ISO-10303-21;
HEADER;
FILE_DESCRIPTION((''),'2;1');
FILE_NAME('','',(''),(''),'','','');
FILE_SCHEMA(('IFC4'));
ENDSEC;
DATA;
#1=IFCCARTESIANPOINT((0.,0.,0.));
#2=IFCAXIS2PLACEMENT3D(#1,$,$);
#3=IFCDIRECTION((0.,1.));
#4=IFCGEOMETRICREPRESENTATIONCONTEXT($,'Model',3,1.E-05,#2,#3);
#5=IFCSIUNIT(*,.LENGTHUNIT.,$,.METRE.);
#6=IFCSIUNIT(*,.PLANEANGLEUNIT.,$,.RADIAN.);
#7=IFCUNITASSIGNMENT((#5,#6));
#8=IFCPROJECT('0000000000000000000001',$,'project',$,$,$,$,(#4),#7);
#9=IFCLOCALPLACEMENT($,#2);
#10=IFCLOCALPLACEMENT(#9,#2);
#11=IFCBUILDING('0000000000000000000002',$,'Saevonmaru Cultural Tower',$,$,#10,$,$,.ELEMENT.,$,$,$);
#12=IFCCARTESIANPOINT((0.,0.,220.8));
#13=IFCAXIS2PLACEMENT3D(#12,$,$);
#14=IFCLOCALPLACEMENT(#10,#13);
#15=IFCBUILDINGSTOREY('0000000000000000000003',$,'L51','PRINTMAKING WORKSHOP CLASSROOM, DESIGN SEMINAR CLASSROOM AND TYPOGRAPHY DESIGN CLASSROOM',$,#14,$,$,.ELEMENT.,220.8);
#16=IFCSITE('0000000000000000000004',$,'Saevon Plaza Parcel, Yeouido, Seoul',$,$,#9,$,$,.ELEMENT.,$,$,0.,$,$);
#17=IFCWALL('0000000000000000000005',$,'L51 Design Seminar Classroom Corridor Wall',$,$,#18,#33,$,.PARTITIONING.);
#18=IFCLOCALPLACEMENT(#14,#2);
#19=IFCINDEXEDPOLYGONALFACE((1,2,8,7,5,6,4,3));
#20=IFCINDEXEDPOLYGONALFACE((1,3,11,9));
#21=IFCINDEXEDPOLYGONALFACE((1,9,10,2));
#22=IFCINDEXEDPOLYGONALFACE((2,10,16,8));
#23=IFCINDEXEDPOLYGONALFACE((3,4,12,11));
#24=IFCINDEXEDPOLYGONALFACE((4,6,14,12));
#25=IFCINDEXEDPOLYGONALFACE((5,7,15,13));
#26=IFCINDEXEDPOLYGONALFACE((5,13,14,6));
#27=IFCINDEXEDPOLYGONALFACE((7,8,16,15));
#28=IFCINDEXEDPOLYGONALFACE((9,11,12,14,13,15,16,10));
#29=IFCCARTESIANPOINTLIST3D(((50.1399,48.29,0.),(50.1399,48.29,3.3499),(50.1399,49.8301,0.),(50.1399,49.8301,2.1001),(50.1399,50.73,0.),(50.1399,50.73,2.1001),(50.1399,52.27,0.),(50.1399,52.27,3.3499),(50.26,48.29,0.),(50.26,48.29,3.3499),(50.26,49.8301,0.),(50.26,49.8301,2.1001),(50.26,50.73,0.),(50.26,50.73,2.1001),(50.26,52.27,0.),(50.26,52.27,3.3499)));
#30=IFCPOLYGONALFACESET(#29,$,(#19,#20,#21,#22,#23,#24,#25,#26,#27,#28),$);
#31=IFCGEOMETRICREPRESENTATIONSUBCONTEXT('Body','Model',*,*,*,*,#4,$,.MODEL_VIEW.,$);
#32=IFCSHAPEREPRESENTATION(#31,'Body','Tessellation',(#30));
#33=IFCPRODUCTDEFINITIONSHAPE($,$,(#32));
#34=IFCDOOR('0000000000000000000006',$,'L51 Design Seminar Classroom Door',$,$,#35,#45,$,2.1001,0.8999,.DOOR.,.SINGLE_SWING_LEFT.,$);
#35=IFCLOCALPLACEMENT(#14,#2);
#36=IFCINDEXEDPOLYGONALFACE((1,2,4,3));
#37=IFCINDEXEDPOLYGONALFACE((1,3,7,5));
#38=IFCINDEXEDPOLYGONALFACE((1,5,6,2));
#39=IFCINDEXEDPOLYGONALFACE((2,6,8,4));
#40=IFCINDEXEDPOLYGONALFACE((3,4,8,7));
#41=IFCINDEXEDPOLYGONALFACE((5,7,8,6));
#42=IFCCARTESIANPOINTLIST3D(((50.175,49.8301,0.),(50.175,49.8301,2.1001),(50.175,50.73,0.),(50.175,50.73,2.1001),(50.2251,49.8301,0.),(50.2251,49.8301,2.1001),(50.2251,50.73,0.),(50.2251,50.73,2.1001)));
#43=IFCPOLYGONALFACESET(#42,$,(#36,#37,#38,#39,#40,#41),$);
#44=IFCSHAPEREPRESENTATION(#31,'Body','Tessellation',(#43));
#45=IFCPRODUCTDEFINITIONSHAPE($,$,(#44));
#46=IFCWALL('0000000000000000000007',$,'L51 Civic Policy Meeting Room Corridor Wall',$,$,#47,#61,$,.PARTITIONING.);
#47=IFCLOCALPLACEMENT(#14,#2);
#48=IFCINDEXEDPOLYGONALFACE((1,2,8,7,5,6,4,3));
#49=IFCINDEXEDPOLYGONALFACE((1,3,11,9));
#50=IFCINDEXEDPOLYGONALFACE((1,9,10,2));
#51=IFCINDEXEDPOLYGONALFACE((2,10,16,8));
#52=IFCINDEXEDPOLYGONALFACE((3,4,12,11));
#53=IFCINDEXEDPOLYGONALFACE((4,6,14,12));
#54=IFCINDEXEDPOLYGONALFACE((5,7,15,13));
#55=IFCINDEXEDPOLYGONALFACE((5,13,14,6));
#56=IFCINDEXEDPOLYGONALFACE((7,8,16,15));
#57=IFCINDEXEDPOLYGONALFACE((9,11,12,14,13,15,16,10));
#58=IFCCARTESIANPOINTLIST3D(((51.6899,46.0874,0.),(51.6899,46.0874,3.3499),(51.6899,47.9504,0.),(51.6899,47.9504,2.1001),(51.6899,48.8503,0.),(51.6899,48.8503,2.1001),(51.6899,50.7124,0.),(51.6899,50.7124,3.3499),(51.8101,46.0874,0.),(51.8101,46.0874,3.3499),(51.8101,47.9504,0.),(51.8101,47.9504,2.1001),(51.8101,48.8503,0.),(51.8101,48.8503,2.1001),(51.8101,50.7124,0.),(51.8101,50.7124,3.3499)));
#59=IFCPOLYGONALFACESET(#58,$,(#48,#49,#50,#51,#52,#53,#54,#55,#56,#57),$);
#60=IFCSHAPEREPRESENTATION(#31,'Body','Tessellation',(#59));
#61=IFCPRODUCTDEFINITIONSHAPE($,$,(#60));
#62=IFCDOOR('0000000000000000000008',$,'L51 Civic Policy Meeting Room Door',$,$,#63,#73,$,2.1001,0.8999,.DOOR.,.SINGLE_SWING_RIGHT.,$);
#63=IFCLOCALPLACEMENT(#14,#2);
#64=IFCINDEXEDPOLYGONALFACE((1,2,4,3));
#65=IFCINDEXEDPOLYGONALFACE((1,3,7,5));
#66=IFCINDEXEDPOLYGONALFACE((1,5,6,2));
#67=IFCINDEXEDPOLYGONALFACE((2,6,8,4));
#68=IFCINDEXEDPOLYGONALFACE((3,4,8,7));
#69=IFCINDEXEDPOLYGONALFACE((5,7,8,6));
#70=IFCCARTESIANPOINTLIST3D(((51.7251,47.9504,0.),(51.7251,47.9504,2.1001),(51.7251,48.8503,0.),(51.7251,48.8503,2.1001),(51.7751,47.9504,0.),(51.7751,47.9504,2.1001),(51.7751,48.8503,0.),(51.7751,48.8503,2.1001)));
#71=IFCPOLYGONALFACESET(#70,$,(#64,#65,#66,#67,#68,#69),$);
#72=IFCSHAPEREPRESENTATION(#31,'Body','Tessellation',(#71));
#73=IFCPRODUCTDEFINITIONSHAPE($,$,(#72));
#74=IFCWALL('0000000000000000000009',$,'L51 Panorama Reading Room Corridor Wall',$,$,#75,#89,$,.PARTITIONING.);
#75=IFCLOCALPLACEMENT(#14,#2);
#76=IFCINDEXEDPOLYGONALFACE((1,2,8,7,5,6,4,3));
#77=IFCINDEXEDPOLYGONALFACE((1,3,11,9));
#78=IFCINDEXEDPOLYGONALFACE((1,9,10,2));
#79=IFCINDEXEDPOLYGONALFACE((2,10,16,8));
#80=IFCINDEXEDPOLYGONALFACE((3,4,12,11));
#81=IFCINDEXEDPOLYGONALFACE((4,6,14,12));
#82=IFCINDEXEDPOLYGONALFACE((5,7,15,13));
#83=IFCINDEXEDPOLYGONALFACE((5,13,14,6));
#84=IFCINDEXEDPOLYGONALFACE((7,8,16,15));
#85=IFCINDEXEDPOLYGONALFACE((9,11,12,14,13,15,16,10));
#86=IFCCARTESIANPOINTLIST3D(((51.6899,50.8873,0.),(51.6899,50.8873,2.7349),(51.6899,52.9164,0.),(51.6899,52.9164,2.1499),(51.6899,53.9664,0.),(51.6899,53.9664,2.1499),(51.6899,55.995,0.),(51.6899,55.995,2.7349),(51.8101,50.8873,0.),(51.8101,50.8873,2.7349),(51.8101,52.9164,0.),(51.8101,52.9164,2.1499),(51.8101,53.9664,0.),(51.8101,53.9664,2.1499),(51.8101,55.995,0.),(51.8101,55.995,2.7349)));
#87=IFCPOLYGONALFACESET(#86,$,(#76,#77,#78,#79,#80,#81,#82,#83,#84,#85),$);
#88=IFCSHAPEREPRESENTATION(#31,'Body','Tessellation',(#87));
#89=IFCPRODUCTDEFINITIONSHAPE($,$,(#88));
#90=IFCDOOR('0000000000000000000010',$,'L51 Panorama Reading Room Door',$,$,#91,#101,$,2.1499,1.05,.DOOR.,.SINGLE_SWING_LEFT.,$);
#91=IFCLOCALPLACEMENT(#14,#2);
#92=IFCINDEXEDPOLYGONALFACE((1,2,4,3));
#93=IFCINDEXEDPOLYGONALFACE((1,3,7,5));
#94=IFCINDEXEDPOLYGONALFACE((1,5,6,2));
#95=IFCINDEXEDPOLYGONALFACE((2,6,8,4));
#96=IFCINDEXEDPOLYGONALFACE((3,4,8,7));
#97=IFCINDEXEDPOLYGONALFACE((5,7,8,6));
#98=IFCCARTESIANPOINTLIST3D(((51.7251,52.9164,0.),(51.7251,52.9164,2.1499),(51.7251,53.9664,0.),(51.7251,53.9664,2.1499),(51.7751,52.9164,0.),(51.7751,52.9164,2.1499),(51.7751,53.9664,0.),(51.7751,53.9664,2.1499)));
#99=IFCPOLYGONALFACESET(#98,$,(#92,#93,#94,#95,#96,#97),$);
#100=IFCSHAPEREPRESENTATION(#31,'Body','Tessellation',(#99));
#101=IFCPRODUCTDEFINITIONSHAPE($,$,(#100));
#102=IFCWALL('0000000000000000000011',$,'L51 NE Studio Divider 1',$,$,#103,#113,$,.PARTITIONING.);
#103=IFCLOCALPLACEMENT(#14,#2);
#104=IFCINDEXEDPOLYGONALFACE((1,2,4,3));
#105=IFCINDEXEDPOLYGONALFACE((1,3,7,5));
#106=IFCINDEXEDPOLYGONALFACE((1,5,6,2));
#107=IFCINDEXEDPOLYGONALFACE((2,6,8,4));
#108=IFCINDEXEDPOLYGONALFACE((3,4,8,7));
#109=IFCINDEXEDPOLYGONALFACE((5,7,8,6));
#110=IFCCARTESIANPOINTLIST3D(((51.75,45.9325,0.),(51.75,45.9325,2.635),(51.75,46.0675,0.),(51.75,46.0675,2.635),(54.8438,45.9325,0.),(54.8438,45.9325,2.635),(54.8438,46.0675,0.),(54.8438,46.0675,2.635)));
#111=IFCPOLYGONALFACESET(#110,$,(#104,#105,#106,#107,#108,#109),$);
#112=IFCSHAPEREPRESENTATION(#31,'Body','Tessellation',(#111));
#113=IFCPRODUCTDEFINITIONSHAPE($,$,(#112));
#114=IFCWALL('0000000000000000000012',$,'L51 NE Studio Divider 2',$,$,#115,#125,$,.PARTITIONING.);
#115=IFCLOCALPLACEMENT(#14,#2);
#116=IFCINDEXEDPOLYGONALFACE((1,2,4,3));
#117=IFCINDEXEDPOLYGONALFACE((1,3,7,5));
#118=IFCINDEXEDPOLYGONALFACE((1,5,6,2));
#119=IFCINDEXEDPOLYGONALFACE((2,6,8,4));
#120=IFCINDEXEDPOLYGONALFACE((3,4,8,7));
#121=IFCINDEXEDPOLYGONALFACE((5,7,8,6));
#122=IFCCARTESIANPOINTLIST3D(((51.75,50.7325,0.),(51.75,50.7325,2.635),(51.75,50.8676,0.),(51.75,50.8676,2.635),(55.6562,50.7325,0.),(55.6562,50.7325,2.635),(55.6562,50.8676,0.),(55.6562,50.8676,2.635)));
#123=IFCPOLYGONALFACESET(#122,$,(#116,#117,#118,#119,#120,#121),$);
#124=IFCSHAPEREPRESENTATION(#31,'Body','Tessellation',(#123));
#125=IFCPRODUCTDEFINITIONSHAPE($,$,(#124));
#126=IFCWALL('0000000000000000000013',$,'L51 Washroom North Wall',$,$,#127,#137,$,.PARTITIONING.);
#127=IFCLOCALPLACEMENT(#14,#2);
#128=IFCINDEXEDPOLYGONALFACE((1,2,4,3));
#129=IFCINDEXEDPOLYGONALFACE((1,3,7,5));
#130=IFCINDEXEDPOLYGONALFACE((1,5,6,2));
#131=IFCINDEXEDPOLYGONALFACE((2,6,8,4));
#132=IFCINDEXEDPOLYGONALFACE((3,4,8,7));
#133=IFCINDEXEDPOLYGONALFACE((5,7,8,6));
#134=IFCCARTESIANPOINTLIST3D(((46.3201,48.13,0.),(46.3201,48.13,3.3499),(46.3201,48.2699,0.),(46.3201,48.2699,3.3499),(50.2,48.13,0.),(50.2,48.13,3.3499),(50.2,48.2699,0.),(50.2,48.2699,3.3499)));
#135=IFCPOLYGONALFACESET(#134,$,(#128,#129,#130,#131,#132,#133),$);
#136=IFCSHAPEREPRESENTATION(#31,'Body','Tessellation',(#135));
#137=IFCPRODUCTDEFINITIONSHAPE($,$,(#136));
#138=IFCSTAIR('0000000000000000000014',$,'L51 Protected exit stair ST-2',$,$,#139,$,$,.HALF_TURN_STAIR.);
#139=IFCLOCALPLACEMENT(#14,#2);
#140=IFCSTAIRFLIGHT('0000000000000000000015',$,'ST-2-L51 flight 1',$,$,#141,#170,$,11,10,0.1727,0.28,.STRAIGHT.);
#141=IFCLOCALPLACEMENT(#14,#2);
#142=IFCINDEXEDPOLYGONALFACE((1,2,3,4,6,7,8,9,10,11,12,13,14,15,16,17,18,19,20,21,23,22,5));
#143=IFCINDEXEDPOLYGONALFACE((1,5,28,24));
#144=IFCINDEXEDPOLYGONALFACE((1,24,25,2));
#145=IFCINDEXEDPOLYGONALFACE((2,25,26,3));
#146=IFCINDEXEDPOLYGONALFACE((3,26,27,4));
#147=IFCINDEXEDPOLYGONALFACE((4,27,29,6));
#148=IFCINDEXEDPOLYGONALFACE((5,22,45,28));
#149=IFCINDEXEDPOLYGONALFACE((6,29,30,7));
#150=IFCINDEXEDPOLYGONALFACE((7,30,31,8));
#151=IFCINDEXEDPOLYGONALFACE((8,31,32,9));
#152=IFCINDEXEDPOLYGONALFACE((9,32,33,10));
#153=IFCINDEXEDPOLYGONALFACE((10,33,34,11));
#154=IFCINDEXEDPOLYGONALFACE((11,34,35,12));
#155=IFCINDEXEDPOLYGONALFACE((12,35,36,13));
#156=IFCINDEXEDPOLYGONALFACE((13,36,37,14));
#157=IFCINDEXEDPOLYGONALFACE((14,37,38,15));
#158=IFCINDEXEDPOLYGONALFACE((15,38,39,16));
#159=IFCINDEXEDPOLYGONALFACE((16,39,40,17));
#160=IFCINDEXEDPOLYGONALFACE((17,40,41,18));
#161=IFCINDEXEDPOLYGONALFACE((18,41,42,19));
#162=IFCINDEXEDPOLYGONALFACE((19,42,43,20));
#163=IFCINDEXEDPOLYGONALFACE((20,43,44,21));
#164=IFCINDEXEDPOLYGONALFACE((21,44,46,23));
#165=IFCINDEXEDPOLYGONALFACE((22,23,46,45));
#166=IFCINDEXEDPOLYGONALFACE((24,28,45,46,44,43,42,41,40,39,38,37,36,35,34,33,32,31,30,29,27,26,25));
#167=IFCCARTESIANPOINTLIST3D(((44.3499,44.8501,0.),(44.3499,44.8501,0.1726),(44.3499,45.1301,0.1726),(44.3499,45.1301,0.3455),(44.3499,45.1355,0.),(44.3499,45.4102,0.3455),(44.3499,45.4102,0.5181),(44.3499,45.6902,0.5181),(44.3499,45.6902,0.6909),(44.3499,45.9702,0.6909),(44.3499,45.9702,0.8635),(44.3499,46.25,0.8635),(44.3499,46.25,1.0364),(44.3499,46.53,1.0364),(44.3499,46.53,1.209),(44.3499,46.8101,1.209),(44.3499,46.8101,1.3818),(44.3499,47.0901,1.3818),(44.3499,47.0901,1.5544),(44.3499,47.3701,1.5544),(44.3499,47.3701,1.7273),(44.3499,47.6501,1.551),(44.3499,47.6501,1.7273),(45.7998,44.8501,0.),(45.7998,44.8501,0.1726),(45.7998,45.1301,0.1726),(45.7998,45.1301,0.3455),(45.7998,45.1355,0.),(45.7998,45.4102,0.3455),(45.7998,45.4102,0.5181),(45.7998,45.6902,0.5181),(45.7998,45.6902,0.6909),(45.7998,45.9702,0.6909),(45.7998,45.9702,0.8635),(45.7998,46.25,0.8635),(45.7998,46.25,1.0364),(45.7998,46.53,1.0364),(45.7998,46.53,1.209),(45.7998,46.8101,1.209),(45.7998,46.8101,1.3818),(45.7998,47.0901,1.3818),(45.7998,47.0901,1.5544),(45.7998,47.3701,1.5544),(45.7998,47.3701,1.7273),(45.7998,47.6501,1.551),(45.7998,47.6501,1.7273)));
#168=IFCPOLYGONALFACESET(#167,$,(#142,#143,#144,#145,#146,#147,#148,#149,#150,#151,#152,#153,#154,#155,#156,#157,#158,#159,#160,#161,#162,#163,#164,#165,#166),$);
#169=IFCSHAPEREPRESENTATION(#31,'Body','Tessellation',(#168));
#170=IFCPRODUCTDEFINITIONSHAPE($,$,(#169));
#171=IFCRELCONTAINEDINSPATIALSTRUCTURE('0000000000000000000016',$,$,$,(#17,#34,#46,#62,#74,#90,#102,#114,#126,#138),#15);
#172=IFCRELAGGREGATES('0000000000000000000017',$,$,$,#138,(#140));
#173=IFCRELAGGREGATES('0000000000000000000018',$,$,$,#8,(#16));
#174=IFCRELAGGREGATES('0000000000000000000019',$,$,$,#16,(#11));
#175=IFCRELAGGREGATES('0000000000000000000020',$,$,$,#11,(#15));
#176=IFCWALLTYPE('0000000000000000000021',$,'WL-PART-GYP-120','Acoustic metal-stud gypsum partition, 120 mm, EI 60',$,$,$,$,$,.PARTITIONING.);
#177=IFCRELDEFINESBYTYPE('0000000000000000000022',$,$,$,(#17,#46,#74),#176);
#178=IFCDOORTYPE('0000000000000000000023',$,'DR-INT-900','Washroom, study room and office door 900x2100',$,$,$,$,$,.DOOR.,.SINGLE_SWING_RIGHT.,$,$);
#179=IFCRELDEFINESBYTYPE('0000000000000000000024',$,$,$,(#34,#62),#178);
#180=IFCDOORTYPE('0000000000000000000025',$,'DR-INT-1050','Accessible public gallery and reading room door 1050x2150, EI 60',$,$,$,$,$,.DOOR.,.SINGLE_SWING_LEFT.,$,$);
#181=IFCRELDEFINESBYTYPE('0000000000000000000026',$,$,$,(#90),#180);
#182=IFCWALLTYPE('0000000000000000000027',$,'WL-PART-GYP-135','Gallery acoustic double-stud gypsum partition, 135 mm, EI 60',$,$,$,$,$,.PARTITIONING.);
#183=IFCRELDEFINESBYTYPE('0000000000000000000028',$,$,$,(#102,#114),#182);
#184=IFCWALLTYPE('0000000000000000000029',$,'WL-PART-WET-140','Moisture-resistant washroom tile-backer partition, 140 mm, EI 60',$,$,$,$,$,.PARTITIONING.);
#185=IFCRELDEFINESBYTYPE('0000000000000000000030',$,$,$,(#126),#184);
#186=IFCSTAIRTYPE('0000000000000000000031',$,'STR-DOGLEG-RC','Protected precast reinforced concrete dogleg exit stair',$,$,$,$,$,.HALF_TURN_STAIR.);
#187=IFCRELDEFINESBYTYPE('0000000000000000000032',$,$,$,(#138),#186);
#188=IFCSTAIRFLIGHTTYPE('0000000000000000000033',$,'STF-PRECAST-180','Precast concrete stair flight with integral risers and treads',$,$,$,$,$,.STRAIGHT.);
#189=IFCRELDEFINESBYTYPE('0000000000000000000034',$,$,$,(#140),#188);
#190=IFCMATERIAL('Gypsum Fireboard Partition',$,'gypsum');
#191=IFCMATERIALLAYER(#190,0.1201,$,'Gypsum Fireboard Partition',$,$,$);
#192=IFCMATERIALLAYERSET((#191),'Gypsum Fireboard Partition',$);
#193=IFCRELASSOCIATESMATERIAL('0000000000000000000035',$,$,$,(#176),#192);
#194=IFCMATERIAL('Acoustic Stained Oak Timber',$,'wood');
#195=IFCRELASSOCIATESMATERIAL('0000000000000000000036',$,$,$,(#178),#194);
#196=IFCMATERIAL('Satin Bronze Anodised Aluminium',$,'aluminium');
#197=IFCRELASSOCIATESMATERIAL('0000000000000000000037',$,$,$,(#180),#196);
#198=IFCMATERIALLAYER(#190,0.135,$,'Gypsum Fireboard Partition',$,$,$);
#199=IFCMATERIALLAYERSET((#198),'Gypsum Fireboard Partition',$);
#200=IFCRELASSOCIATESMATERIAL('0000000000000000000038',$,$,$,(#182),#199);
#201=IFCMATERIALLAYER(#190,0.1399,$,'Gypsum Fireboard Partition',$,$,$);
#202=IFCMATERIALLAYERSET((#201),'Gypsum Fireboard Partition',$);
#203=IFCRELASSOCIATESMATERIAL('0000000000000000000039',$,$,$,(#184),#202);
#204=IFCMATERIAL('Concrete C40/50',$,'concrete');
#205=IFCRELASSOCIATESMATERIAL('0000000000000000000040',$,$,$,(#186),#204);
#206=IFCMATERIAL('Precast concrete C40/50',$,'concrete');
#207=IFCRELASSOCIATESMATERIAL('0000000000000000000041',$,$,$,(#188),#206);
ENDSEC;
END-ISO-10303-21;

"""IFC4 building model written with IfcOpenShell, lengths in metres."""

from ifc_helpers import new_model, si_unit, direction, frame, frame_2d, origin, place, context, subcontext, project, spatial, polyline, rectangle, outline, extrude, material, layer, layer_set, type_object, element, fill, aggregate, save


model = new_model("IFC4")

# Units and contexts
model_context = context("Model", 3, precision=1e-05, world=origin(), true_north=direction((0.0, 1.0)))
body_context = subcontext(model_context, "Body", "Model", "MODEL_VIEW")
ifc_project = project(units=[si_unit("LENGTHUNIT", "METRE"), si_unit("PLANEANGLEUNIT", "RADIAN")], contexts=[model_context])

# Site, building, storey
site_placement = place(None, origin())
site = spatial("IfcSite", under=ifc_project, at=site_placement, Name="Saevon Plaza Parcel, Yeouido, Seoul", CompositionType="ELEMENT", RefElevation=0.0)
building_placement = place(site_placement, origin())
building = spatial("IfcBuilding", under=site, at=building_placement, Name="Saevonmaru Cultural Tower", CompositionType="ELEMENT")
storey_placement = place(building_placement, frame((0.0, 0.0, 220.8)))
storey = spatial("IfcBuildingStorey", under=building, at=storey_placement, Name="L51", Description="PRINTMAKING WORKSHOP CLASSROOM, DESIGN SEMINAR CLASSROOM AND TYPOGRAPHY DESIGN CLASSROOM", CompositionType="ELEMENT", Elevation=220.8)

# Shared definitions
ifc_material_1 = material(Name="Satin Bronze Anodised Aluminium", Category="aluminium")

# Walls, openings, doors
ifc_material_2 = material(Name="Gypsum Fireboard Partition", Category="gypsum")
ifc_layer_1 = layer(ifc_material_2, 0.1201, Name="Gypsum Fireboard Partition")
ifc_layer_set_1 = layer_set([ifc_layer_1], Name="Gypsum Fireboard Partition")
wall_type_1 = type_object("IfcWallType", Name="WL-PART-GYP-120", Description="Acoustic metal-stud gypsum partition, 120 mm, EI 60", PredefinedType="PARTITIONING", material=ifc_layer_set_1)
wall_1_placement = place(storey_placement, frame((50.2, 48.29, 0.0), z_axis=(0.0, 0.0, 1.0), x_axis=(0.0, 1.0, 0.0)))
wall_1 = element("IfcWall", 1, at=wall_1_placement, inside=storey, type_object=wall_type_1, Name="L51 Design Seminar Classroom Corridor Wall", PredefinedType="PARTITIONING", context=body_context, shape_type="SweptSolid", body=[
    extrude(rectangle(XDim=3.98, YDim=0.1201, at=frame_2d((1.99, 0.0))), origin(), (0.0, 0.0, 1.0), 3.3499),
])
opening_1_placement = place(wall_1_placement, frame((1.54, 0.0, 0.0)))
opening_1 = element("IfcOpeningElement", 2, at=opening_1_placement, cuts=wall_1, PredefinedType="OPENING", context=body_context, shape_type="SweptSolid", body=[
    extrude(rectangle(XDim=0.8999, YDim=2.1001, at=frame_2d((0.45, 1.05))), frame((0.0, 0.0701, 0.0), z_axis=(0.0, -1.0, 0.0), x_axis=(1.0, 0.0, 0.0)), (0.0, 0.0, 1.0), 0.1401),
])
ifc_material_3 = material(Name="Acoustic Stained Oak Timber", Category="wood")
door_type_1 = type_object("IfcDoorType", Name="DR-INT-900", Description="Washroom, study room and office door 900x2100", OperationType="SINGLE_SWING_RIGHT", PredefinedType="DOOR", material=ifc_material_3)
door_1_placement = place(opening_1_placement, origin())
door_1 = element("IfcDoor", 3, at=door_1_placement, inside=storey, type_object=door_type_1, Name="L51 Design Seminar Classroom Door", OperationType="SINGLE_SWING_LEFT", OverallHeight=2.1001, OverallWidth=0.8999, PredefinedType="DOOR", context=body_context, shape_type="SweptSolid", body=[
    extrude(rectangle(XDim=0.8999, YDim=2.1001, at=frame_2d((0.45, 1.05))), frame((0.0, 0.0249, 0.0), z_axis=(0.0, -1.0, 0.0), x_axis=(1.0, 0.0, 0.0)), (0.0, 0.0, 1.0), 0.05),
])
fill(opening_1, door_1)
wall_2_placement = place(storey_placement, frame((51.75, 46.0874, 0.0), z_axis=(0.0, 0.0, 1.0), x_axis=(0.0, 1.0, 0.0)))
wall_2 = element("IfcWall", 4, at=wall_2_placement, inside=storey, type_object=wall_type_1, Name="L51 Civic Policy Meeting Room Corridor Wall", PredefinedType="PARTITIONING", context=body_context, shape_type="SweptSolid", body=[
    extrude(rectangle(XDim=4.625, YDim=0.1201, at=frame_2d((2.3125, 0.0))), origin(), (0.0, 0.0, 1.0), 3.3499),
])
opening_2_placement = place(wall_2_placement, frame((1.863, 0.0, 0.0)))
opening_2 = element("IfcOpeningElement", 5, at=opening_2_placement, cuts=wall_2, PredefinedType="OPENING", context=body_context, shape_type="SweptSolid", body=[
    extrude(rectangle(XDim=0.8999, YDim=2.1001, at=frame_2d((0.45, 1.05))), frame((0.0, 0.0701, 0.0), z_axis=(0.0, -1.0, 0.0), x_axis=(1.0, 0.0, 0.0)), (0.0, 0.0, 1.0), 0.1401),
])
door_2_placement = place(opening_2_placement, origin())
door_2 = element("IfcDoor", 6, at=door_2_placement, inside=storey, type_object=door_type_1, Name="L51 Civic Policy Meeting Room Door", OperationType="SINGLE_SWING_RIGHT", OverallHeight=2.1001, OverallWidth=0.8999, PredefinedType="DOOR", context=body_context, shape_type="SweptSolid", body=[
    extrude(rectangle(XDim=0.8999, YDim=2.1001, at=frame_2d((0.45, 1.05))), frame((0.0, 0.0249, 0.0), z_axis=(0.0, -1.0, 0.0), x_axis=(1.0, 0.0, 0.0)), (0.0, 0.0, 1.0), 0.05),
])
fill(opening_2, door_2)
wall_3_placement = place(storey_placement, frame((51.75, 50.8875, 0.0), z_axis=(0.0, 0.0, 1.0), x_axis=(0.0, 1.0, 0.0)))
wall_3 = element("IfcWall", 7, at=wall_3_placement, inside=storey, type_object=wall_type_1, Name="L51 Panorama Reading Room Corridor Wall", PredefinedType="PARTITIONING", context=body_context, shape_type="SweptSolid", body=[
    extrude(rectangle(XDim=5.1077, YDim=0.1201, at=frame_2d((2.5537, 0.0))), origin(), (0.0, 0.0, 1.0), 2.7349),
])
opening_3_placement = place(wall_3_placement, frame((2.0291, 0.0, 0.0)))
opening_3 = element("IfcOpeningElement", 8, at=opening_3_placement, cuts=wall_3, PredefinedType="OPENING", context=body_context, shape_type="SweptSolid", body=[
    extrude(rectangle(XDim=1.05, YDim=2.1499, at=frame_2d((0.5249, 1.075))), frame((0.0, 0.0701, 0.0), z_axis=(0.0, -1.0, 0.0), x_axis=(1.0, 0.0, 0.0)), (0.0, 0.0, 1.0), 0.1401),
])
door_type_2 = type_object("IfcDoorType", Name="DR-INT-1050", Description="Accessible public gallery and reading room door 1050x2150, EI 60", OperationType="SINGLE_SWING_LEFT", PredefinedType="DOOR", material=ifc_material_1)
door_3_placement = place(opening_3_placement, origin())
door_3 = element("IfcDoor", 9, at=door_3_placement, inside=storey, type_object=door_type_2, Name="L51 Panorama Reading Room Door", OperationType="SINGLE_SWING_LEFT", OverallHeight=2.1499, OverallWidth=1.05, PredefinedType="DOOR", context=body_context, shape_type="SweptSolid", body=[
    extrude(rectangle(XDim=1.05, YDim=2.1499, at=frame_2d((0.5249, 1.075))), frame((0.0, 0.0249, 0.0), z_axis=(0.0, -1.0, 0.0), x_axis=(1.0, 0.0, 0.0)), (0.0, 0.0, 1.0), 0.05),
])
fill(opening_3, door_3)

# Walls
ifc_layer_2 = layer(ifc_material_2, 0.135, Name="Gypsum Fireboard Partition")
ifc_layer_set_2 = layer_set([ifc_layer_2], Name="Gypsum Fireboard Partition")
wall_type_2 = type_object("IfcWallType", Name="WL-PART-GYP-135", Description="Gallery acoustic double-stud gypsum partition, 135 mm, EI 60", PredefinedType="PARTITIONING", material=ifc_layer_set_2)
wall_4_placement = place(storey_placement, frame((51.75, 46.0, 0.0), z_axis=(0.0, 0.0, 1.0), x_axis=(1.0, 0.0, 0.0)))
element("IfcWall", 10, at=wall_4_placement, inside=storey, type_object=wall_type_2, Name="L51 NE Studio Divider 1", PredefinedType="PARTITIONING", context=body_context, shape_type="SweptSolid", body=[
    extrude(rectangle(XDim=3.0938, YDim=0.135, at=frame_2d((1.5469, 0.0))), origin(), (0.0, 0.0, 1.0), 2.635),
])
wall_5_placement = place(storey_placement, frame((51.75, 50.8, 0.0), z_axis=(0.0, 0.0, 1.0), x_axis=(1.0, 0.0, 0.0)))
element("IfcWall", 11, at=wall_5_placement, inside=storey, type_object=wall_type_2, Name="L51 NE Studio Divider 2", PredefinedType="PARTITIONING", context=body_context, shape_type="SweptSolid", body=[
    extrude(rectangle(XDim=3.9062, YDim=0.135, at=frame_2d((1.9531, 0.0))), origin(), (0.0, 0.0, 1.0), 2.635),
])
ifc_layer_3 = layer(ifc_material_2, 0.1399, Name="Gypsum Fireboard Partition")
ifc_layer_set_3 = layer_set([ifc_layer_3], Name="Gypsum Fireboard Partition")
wall_type_3 = type_object("IfcWallType", Name="WL-PART-WET-140", Description="Moisture-resistant washroom tile-backer partition, 140 mm, EI 60", PredefinedType="PARTITIONING", material=ifc_layer_set_3)
wall_6_placement = place(storey_placement, frame((46.3201, 48.2, 0.0), z_axis=(0.0, 0.0, 1.0), x_axis=(1.0, 0.0, 0.0)))
element("IfcWall", 12, at=wall_6_placement, inside=storey, type_object=wall_type_3, Name="L51 Washroom North Wall", PredefinedType="PARTITIONING", context=body_context, shape_type="SweptSolid", body=[
    extrude(rectangle(XDim=3.8799, YDim=0.1399, at=frame_2d((1.9399, 0.0))), origin(), (0.0, 0.0, 1.0), 3.3499),
])

# Stair, stair flight
ifc_material_4 = material(Name="Concrete C40/50", Category="concrete")
stair_type = type_object("IfcStairType", Name="STR-DOGLEG-RC", Description="Protected precast reinforced concrete dogleg exit stair", PredefinedType="HALF_TURN_STAIR", material=ifc_material_4)
stair_placement = place(storey_placement, origin())
stair = element("IfcStair", 13, at=stair_placement, inside=storey, type_object=stair_type, Name="L51 Protected exit stair ST-2", PredefinedType="HALF_TURN_STAIR")
ifc_material_5 = material(Name="Precast concrete C40/50", Category="concrete")
stair_flight_type = type_object("IfcStairFlightType", Name="STF-PRECAST-180", Description="Precast concrete stair flight with integral risers and treads", PredefinedType="STRAIGHT", material=ifc_material_5)
stair_flight_placement = place(storey_placement, frame((45.075, 44.8501, 0.0), z_axis=(0.0, 0.0, 1.0), x_axis=(0.0, 1.0, 0.0)))
stair_flight = element("IfcStairFlight", 14, at=stair_flight_placement, type_object=stair_flight_type, Name="ST-2-L51 flight 1", NumberOfRisers=11, NumberOfTreads=10, PredefinedType="STRAIGHT", RiserHeight=0.1727, TreadLength=0.28, context=body_context, shape_type="SweptSolid", body=[
    extrude(outline(polyline([(0.0, 0.0), (0.0, 0.1726), (0.28, 0.1726), (0.28, 0.3455), (0.5601, 0.3455), (0.5601, 0.5181), (0.8401, 0.5181), (0.8401, 0.6909), (1.1201, 0.6909), (1.1201, 0.8635), (1.3999, 0.8635), (1.3999, 1.0364), (1.6799, 1.0364), (1.6799, 1.209), (1.96, 1.209), (1.96, 1.3818), (2.24, 1.3818), (2.24, 1.5544), (2.52, 1.5544), (2.52, 1.7273), (2.8, 1.7273), (2.8, 1.8999), (2.8, 1.551), (0.2854, 0.0), (0.0, 0.0)])), frame((0.0, 0.7251, 0.0), z_axis=(0.0, -1.0, 0.0), x_axis=(1.0, 0.0, 0.0)), (0.0, 0.0, 1.0), 1.45),
])
aggregate(stair, [stair_flight])

save(model, "model.ifc")
